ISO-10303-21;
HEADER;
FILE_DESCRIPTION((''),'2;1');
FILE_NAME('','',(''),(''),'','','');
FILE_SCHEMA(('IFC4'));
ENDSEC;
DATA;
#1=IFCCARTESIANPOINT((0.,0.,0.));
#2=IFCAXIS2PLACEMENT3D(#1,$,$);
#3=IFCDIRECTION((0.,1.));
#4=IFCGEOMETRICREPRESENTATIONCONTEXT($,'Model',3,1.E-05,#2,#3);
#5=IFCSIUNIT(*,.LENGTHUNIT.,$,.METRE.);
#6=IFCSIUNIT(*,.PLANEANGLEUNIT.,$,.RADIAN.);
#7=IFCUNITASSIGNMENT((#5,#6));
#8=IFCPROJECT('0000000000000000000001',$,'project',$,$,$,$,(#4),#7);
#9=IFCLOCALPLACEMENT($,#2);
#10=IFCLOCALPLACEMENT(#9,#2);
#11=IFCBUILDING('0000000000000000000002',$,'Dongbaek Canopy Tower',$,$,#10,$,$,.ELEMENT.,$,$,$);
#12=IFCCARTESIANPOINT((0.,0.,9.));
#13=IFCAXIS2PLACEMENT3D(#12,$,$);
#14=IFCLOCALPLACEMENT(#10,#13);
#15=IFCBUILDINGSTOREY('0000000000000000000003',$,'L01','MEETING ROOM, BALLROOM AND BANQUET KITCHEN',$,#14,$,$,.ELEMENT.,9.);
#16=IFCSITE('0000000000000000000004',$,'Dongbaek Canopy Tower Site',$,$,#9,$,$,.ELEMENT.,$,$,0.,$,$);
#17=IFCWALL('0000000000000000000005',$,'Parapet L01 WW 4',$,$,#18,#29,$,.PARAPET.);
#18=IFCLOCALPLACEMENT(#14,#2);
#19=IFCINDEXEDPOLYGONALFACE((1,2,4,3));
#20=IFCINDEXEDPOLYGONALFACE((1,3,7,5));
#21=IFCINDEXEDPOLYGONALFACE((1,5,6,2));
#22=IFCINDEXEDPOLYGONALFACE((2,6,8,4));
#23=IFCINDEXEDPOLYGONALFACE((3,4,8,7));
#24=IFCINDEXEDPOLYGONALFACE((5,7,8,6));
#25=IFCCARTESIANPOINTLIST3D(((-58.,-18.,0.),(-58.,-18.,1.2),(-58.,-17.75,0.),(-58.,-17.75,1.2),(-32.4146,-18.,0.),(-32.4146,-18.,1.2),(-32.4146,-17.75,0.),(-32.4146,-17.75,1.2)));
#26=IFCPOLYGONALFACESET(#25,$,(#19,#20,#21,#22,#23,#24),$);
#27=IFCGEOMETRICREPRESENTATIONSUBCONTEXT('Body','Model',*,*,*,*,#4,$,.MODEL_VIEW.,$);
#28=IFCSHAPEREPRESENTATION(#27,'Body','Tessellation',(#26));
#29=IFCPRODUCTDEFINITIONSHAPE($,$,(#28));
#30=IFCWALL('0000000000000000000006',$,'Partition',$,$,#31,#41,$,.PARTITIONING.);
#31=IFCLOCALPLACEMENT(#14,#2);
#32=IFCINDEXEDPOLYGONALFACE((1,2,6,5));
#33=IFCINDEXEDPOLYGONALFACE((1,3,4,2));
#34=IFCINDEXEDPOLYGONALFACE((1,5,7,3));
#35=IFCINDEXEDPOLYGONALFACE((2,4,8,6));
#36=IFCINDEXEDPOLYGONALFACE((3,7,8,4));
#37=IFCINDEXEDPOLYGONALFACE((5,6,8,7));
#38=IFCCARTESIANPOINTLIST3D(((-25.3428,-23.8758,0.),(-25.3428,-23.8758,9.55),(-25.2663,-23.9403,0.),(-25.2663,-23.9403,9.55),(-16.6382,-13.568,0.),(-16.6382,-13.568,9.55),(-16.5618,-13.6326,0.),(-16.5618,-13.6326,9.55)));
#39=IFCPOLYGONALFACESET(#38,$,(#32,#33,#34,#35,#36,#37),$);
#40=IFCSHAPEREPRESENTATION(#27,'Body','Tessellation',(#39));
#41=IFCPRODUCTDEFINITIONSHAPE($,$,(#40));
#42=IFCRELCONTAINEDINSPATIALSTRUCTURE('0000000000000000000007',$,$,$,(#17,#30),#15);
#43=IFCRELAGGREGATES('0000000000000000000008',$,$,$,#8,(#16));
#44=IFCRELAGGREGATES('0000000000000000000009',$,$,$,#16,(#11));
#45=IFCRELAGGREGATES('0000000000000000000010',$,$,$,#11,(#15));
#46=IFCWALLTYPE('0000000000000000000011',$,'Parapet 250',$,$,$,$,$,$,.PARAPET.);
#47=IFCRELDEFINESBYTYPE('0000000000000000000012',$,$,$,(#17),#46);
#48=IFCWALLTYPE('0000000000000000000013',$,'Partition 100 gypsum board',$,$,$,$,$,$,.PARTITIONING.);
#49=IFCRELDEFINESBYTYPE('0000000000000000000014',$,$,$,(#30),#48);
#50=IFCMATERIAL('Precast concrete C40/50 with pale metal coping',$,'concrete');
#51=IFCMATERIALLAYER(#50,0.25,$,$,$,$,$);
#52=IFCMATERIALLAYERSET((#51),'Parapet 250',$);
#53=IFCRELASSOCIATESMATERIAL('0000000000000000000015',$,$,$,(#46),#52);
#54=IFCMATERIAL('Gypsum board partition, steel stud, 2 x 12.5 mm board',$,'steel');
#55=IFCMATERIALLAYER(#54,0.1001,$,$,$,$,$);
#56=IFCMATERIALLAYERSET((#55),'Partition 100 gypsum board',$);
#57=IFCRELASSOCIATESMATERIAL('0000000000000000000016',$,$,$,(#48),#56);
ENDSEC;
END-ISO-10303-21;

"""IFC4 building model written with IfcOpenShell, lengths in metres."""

from ifc_helpers import new_model, si_unit, direction, frame, frame_2d, origin, place, context, subcontext, project, spatial, rectangle, extrude, material, layer, layer_set, type_object, element, save


model = new_model("IFC4")

# Units and contexts
model_context = context("Model", 3, precision=1e-05, world=origin(), true_north=direction((0.0, 1.0)))
body_context = subcontext(model_context, "Body", "Model", "MODEL_VIEW")
ifc_project = project(units=[si_unit("LENGTHUNIT", "METRE"), si_unit("PLANEANGLEUNIT", "RADIAN")], contexts=[model_context])

# Site, building, storey
site_placement = place(None, origin())
site = spatial("IfcSite", under=ifc_project, at=site_placement, Name="Dongbaek Canopy Tower Site", CompositionType="ELEMENT", RefElevation=0.0)
building_placement = place(site_placement, origin())
building = spatial("IfcBuilding", under=site, at=building_placement, Name="Dongbaek Canopy Tower", CompositionType="ELEMENT")
storey_placement = place(building_placement, frame((0.0, 0.0, 9.0)))
storey = spatial("IfcBuildingStorey", under=building, at=storey_placement, Name="L01", Description="MEETING ROOM, BALLROOM AND BANQUET KITCHEN", CompositionType="ELEMENT", Elevation=9.0)

# Walls
ifc_material_1 = material(Name="Precast concrete C40/50 with pale metal coping", Category="concrete")
ifc_layer_1 = layer(ifc_material_1, 0.25)
ifc_layer_set_1 = layer_set([ifc_layer_1], Name="Parapet 250")
wall_type_1 = type_object("IfcWallType", Name="Parapet 250", PredefinedType="PARAPET", material=ifc_layer_set_1)
wall_1_placement = place(storey_placement, frame((-32.4146, -17.875, 0.0), z_axis=(0.0, 0.0, 1.0), x_axis=(-1.0, 0.0, 0.0)))
element("IfcWall", 1, at=wall_1_placement, inside=storey, type_object=wall_type_1, Name="Parapet L01 WW 4", PredefinedType="PARAPET", context=body_context, shape_type="SweptSolid", body=[
    extrude(rectangle(XDim=25.5854, YDim=0.25, at=frame_2d((12.7927, 0.0))), origin(), (0.0, 0.0, 1.0), 1.2),
])
ifc_material_2 = material(Name="Gypsum board partition, steel stud, 2 x 12.5 mm board", Category="steel")
ifc_layer_2 = layer(ifc_material_2, 0.1001)
ifc_layer_set_2 = layer_set([ifc_layer_2], Name="Partition 100 gypsum board")
wall_type_2 = type_object("IfcWallType", Name="Partition 100 gypsum board", PredefinedType="PARTITIONING", material=ifc_layer_set_2)
wall_2_placement = place(storey_placement, frame((-25.3044, -23.908, 0.0), z_axis=(0.0, 0.0, 1.0), x_axis=(0.645188, 0.764024, 0.0)))
element("IfcWall", 2, at=wall_2_placement, inside=storey, type_object=wall_type_2, Name="Partition", PredefinedType="PARTITIONING", context=body_context, shape_type="SweptSolid", body=[
    extrude(rectangle(XDim=13.4915, YDim=0.1001, at=frame_2d((6.7456, 0.0))), origin(), (0.0, 0.0, 1.0), 9.55),
])

save(model, "model.ifc")
